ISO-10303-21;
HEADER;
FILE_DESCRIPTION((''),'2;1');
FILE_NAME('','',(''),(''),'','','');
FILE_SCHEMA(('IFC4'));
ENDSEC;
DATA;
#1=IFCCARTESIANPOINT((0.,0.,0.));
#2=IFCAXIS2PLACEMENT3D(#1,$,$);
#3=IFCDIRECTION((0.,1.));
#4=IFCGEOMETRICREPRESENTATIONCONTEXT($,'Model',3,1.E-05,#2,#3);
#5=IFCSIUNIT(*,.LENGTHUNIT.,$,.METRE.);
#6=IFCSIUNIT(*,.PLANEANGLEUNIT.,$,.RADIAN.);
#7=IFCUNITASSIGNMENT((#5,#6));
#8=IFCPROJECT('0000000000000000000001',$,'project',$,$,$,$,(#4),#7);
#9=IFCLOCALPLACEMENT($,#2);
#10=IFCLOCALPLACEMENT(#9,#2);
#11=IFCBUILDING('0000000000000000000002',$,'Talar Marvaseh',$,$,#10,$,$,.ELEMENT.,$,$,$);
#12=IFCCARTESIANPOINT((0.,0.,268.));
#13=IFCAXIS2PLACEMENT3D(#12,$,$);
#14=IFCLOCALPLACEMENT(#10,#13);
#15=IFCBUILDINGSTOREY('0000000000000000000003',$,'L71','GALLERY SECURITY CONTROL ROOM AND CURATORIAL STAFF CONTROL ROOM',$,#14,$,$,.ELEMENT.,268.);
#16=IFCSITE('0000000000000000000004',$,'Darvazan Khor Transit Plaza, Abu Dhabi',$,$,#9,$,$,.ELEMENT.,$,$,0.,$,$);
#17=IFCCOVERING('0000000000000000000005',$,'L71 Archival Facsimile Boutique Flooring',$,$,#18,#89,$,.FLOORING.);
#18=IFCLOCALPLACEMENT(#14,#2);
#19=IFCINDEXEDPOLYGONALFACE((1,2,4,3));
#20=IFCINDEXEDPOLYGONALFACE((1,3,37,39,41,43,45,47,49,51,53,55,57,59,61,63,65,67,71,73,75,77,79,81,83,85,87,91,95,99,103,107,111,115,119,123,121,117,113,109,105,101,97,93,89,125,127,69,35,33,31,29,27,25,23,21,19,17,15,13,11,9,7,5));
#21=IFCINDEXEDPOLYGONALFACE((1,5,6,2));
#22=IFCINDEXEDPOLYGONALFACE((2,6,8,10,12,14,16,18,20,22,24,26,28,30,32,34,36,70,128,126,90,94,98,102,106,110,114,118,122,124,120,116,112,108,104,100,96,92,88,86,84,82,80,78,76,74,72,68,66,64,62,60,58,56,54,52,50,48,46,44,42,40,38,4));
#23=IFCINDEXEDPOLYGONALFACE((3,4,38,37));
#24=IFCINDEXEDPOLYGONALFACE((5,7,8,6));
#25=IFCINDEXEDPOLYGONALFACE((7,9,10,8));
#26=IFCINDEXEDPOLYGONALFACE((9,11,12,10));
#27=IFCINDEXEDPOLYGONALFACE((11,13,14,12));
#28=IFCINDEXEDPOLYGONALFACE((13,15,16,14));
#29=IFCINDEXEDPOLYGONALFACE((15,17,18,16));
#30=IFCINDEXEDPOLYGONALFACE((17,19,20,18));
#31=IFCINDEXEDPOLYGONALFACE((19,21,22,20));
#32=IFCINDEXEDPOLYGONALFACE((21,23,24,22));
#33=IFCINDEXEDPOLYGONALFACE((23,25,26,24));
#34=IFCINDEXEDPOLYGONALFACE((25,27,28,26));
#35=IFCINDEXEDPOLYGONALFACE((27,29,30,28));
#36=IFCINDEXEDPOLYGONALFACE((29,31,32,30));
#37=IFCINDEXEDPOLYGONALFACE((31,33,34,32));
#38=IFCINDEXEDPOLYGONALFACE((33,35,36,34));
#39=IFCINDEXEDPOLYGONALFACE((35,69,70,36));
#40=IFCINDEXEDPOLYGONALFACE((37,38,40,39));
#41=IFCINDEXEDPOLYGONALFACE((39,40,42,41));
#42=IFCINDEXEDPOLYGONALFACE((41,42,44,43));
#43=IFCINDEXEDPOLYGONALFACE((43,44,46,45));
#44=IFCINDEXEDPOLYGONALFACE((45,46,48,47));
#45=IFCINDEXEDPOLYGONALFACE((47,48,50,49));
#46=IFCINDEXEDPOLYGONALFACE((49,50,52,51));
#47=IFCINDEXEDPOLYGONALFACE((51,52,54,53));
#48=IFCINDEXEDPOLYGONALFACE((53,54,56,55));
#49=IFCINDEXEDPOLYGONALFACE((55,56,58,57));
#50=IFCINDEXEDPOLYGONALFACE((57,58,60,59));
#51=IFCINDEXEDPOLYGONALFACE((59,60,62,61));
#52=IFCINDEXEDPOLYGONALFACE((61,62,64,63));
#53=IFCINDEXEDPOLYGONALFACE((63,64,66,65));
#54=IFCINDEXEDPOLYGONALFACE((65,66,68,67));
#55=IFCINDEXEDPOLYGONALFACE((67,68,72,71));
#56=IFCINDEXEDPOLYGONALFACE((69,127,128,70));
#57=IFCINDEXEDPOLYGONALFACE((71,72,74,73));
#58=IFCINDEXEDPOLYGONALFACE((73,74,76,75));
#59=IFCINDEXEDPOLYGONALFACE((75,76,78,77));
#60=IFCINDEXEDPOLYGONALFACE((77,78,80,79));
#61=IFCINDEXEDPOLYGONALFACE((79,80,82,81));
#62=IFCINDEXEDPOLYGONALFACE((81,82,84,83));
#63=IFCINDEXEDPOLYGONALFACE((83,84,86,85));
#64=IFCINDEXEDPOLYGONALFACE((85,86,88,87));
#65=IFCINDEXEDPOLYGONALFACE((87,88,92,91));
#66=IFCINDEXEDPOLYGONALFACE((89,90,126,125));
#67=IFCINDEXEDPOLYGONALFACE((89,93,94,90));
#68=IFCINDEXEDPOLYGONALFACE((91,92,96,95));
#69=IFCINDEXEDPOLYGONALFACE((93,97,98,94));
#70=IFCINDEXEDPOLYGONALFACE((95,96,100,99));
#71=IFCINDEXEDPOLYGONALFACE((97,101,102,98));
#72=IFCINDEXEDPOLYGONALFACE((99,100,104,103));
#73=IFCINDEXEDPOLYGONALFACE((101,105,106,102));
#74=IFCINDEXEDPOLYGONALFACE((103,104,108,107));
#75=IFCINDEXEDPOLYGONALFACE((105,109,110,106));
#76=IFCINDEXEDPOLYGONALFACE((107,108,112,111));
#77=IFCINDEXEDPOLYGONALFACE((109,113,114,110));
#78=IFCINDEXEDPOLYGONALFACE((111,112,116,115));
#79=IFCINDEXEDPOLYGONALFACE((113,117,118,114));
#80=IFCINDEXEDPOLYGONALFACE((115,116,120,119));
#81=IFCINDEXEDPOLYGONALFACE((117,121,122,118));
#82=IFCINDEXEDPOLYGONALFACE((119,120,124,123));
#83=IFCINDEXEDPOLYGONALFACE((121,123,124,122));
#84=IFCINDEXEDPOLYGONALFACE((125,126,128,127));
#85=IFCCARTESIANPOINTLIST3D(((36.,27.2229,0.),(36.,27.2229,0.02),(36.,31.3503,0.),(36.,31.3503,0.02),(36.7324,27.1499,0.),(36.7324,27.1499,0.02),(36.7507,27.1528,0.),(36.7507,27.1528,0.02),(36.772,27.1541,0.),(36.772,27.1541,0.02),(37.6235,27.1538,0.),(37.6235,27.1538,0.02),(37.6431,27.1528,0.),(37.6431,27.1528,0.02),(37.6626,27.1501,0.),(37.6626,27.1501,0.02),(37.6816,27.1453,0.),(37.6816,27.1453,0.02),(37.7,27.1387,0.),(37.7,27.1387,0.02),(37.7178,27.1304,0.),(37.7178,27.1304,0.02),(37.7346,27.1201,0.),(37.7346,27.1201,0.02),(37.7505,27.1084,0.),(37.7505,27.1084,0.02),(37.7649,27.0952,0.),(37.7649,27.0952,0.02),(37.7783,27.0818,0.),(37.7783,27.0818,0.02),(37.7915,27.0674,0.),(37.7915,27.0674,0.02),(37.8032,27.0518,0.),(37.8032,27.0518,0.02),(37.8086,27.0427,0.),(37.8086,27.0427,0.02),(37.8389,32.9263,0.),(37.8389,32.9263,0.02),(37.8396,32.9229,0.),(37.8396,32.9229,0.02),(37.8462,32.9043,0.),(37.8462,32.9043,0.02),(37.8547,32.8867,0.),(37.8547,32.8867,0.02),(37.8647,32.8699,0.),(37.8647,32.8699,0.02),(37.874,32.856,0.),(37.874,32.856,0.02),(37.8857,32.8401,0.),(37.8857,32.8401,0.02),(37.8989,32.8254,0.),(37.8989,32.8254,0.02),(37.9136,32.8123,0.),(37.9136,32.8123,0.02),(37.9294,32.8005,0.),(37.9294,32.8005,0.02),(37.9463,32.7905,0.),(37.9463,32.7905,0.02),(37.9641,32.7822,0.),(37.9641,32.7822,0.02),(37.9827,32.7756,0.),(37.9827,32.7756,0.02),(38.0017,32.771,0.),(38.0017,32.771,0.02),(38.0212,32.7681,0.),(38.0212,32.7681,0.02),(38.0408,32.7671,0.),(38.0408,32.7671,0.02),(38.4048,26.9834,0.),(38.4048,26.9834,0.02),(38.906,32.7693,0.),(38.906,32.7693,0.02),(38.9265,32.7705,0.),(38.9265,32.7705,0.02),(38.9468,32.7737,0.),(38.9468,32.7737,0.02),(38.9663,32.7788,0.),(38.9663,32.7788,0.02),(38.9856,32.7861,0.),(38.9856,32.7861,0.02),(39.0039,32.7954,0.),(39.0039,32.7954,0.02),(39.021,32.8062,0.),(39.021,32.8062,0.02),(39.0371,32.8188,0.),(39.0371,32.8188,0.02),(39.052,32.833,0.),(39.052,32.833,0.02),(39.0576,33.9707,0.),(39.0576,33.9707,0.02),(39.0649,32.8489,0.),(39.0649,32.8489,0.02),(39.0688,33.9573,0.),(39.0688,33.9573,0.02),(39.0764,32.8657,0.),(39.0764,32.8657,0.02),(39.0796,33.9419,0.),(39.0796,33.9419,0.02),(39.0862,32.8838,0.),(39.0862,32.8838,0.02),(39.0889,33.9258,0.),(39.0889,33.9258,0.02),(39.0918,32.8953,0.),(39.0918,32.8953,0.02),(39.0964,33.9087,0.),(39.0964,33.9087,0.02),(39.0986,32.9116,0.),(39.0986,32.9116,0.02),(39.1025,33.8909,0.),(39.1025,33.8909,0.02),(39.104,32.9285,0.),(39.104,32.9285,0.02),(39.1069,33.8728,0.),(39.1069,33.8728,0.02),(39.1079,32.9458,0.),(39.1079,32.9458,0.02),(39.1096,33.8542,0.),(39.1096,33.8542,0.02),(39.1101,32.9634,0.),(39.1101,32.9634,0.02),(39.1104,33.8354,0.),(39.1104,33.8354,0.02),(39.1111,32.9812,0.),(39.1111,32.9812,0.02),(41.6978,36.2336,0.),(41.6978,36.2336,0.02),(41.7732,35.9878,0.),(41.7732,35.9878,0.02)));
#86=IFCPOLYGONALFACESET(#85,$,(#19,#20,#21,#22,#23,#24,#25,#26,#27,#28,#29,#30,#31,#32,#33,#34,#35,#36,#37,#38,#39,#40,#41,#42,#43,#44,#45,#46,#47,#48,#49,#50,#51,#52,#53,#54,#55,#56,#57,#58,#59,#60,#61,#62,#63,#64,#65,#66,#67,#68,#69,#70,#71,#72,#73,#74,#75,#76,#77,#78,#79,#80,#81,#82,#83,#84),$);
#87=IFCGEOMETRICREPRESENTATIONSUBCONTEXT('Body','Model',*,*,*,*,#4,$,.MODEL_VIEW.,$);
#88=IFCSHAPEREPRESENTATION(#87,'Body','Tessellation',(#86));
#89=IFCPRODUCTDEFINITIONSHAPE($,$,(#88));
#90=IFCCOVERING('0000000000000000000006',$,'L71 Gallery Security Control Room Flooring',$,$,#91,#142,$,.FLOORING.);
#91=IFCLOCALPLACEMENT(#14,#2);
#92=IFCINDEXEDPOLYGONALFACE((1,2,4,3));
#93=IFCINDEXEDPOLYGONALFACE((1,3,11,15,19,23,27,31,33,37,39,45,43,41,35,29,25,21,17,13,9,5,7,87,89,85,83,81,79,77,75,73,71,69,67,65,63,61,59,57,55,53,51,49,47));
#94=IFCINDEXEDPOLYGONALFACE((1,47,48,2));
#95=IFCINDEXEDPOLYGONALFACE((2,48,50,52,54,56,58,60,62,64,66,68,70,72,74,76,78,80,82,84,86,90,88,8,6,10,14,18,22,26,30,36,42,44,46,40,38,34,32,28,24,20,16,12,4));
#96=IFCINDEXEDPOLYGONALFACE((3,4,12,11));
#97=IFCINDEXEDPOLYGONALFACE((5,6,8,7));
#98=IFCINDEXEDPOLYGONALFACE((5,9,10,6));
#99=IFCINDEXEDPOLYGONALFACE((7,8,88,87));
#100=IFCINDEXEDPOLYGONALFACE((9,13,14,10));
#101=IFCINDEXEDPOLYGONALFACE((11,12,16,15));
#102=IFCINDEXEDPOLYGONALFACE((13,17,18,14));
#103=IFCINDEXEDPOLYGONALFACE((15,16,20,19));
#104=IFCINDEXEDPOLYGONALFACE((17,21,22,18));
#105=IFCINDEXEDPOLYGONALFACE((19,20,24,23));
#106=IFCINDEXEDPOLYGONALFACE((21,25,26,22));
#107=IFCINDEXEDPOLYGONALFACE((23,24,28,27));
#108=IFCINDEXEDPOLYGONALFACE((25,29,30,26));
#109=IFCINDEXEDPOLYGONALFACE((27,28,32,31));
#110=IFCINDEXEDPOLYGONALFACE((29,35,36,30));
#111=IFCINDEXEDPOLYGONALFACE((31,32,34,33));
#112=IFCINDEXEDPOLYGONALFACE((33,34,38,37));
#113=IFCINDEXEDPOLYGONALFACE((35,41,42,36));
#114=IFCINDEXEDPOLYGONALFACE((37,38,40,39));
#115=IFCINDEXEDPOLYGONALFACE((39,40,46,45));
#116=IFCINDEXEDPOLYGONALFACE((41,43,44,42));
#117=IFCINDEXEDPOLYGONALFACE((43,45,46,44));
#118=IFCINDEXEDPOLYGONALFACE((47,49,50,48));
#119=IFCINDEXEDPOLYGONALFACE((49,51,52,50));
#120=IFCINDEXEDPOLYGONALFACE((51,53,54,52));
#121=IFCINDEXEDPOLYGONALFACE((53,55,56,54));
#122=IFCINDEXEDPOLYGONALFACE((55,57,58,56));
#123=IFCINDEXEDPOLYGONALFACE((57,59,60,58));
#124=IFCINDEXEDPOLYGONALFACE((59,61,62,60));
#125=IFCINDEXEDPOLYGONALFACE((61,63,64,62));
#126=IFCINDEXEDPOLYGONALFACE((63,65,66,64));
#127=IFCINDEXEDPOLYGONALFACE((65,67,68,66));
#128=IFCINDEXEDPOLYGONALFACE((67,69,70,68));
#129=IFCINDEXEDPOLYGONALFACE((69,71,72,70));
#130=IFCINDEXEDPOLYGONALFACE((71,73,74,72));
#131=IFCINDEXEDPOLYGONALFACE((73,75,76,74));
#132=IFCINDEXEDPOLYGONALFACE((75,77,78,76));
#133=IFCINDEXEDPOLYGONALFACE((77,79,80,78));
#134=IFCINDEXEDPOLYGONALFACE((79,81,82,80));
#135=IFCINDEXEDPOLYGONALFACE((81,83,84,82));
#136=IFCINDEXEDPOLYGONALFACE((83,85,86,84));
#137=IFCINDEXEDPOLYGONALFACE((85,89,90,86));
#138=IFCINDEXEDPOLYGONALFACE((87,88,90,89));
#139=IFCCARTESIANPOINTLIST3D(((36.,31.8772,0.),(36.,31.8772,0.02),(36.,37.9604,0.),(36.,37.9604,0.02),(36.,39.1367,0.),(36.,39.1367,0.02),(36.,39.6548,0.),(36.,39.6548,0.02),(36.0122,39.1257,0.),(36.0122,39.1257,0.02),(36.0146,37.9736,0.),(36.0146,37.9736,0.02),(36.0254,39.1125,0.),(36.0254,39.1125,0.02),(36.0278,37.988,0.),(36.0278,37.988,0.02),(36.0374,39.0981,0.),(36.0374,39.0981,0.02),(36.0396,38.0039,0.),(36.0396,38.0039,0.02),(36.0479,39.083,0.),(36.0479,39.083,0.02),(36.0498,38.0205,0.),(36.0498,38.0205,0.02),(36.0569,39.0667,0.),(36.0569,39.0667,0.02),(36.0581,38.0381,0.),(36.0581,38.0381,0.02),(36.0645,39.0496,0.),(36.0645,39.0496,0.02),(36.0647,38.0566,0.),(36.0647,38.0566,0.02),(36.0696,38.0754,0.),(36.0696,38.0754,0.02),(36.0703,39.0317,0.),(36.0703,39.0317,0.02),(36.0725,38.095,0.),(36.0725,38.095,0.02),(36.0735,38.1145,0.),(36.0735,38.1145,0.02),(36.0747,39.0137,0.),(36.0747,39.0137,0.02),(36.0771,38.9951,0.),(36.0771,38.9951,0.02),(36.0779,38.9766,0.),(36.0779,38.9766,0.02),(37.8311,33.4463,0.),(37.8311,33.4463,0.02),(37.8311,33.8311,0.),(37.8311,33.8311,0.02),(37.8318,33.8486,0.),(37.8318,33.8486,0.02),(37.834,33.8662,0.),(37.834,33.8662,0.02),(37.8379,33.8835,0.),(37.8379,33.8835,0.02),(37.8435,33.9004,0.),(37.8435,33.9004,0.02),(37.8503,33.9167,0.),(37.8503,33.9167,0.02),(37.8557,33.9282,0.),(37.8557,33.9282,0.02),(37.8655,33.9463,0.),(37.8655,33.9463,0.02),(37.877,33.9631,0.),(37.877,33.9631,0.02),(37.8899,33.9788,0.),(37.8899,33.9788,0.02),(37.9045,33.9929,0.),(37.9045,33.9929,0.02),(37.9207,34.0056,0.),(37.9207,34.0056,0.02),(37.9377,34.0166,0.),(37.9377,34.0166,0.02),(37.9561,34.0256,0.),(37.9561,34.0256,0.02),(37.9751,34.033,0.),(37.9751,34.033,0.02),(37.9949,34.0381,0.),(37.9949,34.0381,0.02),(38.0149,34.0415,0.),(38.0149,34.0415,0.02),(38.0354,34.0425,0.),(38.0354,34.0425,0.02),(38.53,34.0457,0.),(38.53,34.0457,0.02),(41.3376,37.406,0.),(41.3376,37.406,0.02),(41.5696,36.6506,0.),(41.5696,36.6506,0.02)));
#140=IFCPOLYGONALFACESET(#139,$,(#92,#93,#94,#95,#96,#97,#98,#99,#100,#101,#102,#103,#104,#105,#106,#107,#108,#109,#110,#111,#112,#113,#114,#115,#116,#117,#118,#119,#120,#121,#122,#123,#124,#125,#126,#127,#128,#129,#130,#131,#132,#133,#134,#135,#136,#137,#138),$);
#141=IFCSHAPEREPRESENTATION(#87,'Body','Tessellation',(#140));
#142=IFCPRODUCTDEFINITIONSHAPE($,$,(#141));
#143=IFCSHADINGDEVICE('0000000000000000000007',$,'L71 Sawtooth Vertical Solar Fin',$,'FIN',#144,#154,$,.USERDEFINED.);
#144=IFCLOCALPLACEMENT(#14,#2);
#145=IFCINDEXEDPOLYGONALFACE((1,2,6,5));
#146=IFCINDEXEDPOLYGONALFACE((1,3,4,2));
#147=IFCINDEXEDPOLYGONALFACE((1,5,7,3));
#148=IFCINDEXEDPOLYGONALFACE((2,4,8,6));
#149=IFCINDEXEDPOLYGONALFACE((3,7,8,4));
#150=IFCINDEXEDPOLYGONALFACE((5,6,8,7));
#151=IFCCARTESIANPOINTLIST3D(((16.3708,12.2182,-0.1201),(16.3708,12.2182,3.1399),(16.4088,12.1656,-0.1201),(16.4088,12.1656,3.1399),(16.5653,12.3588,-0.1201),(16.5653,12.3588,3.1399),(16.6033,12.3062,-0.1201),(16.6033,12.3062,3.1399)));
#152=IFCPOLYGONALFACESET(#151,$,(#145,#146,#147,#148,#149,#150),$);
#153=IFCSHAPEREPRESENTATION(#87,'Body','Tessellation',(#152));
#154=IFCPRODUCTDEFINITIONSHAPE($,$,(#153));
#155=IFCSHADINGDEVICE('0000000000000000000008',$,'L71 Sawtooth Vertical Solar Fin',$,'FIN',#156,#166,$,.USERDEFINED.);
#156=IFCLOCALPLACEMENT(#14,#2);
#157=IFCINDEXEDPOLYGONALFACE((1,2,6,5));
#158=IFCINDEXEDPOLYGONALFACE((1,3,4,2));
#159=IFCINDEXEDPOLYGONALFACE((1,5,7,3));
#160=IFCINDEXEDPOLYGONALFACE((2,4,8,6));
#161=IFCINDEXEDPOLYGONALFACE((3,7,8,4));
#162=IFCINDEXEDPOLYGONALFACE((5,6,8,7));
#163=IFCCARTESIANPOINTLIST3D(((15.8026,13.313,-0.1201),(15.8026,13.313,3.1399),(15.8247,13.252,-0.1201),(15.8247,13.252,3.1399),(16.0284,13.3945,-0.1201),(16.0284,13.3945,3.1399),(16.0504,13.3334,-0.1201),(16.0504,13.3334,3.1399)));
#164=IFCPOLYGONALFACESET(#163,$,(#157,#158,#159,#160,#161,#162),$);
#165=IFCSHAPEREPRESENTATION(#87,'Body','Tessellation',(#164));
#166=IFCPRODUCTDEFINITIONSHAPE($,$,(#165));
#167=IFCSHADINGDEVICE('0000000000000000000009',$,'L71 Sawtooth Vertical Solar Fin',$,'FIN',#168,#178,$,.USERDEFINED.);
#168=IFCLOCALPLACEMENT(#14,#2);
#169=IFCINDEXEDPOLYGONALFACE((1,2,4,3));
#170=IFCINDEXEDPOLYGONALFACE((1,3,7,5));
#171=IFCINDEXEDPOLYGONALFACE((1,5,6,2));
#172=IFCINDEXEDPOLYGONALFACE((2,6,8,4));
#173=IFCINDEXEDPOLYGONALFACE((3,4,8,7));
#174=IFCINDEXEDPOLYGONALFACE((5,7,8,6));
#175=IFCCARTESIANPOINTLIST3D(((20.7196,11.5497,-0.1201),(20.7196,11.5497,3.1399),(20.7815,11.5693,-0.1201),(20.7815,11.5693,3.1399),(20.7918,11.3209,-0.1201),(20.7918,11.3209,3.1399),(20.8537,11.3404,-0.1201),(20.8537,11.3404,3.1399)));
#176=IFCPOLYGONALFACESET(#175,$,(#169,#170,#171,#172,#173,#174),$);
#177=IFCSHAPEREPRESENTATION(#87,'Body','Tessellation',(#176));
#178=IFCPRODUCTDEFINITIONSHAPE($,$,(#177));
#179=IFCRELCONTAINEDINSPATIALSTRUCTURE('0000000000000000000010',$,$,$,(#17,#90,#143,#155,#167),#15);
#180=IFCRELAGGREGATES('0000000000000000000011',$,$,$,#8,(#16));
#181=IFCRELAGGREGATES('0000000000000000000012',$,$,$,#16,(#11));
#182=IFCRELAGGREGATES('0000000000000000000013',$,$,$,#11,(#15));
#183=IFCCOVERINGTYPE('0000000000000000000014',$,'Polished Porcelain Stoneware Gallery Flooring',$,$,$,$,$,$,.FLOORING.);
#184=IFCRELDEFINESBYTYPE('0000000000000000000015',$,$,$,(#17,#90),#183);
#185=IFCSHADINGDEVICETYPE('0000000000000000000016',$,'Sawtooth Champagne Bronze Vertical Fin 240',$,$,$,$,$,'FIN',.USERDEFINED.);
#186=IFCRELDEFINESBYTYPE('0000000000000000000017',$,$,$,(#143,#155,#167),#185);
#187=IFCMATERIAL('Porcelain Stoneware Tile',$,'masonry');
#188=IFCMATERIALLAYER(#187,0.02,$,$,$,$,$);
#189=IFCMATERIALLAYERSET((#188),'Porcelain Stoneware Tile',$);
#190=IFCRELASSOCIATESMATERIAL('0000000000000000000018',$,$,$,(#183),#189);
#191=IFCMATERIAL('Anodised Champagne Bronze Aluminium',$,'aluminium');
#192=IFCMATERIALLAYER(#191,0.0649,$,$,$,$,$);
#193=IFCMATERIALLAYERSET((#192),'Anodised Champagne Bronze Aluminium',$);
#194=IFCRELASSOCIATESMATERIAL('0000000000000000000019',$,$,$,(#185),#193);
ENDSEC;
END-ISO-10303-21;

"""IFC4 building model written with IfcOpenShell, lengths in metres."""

from ifc_helpers import new_model, si_unit, direction, frame, origin, origin_2d, place, context, subcontext, project, spatial, polyline, rectangle, outline, extrude, source, transform, mapped, material, layer, layer_set, type_object, type_shapes, element, save


model = new_model("IFC4")

# Units and contexts
model_context = context("Model", 3, precision=1e-05, world=origin(), true_north=direction((0.0, 1.0)))
body_context = subcontext(model_context, "Body", "Model", "MODEL_VIEW")
ifc_project = project(units=[si_unit("LENGTHUNIT", "METRE"), si_unit("PLANEANGLEUNIT", "RADIAN")], contexts=[model_context])

# Site, building, storey
site_placement = place(None, origin())
site = spatial("IfcSite", under=ifc_project, at=site_placement, Name="Darvazan Khor Transit Plaza, Abu Dhabi", CompositionType="ELEMENT", RefElevation=0.0)
building_placement = place(site_placement, origin())
building = spatial("IfcBuilding", under=site, at=building_placement, Name="Talar Marvaseh", CompositionType="ELEMENT")
storey_placement = place(building_placement, frame((0.0, 0.0, 268.0)))
storey = spatial("IfcBuildingStorey", under=building, at=storey_placement, Name="L71", Description="GALLERY SECURITY CONTROL ROOM AND CURATORIAL STAFF CONTROL ROOM", CompositionType="ELEMENT", Elevation=268.0)

# Coverings
ifc_material_1 = material(Name="Porcelain Stoneware Tile", Category="masonry")
ifc_layer_1 = layer(ifc_material_1, 0.02)
ifc_layer_set_1 = layer_set([ifc_layer_1], Name="Porcelain Stoneware Tile")
covering_type_1 = type_object("IfcCoveringType", Name="Polished Porcelain Stoneware Gallery Flooring", PredefinedType="FLOORING", material=ifc_layer_set_1)
covering_1_placement = place(storey_placement, origin())
element("IfcCovering", 1, at=covering_1_placement, inside=storey, type_object=covering_type_1, Name="L71 Archival Facsimile Boutique Flooring", PredefinedType="FLOORING", context=body_context, shape_type="SweptSolid", body=[
    extrude(outline(polyline([(36.0, 31.3503), (37.8389, 32.9263), (37.8396, 32.9229), (37.8462, 32.9043), (37.8547, 32.8867), (37.8647, 32.8699), (37.874, 32.856), (37.8857, 32.8401), (37.8989, 32.8254), (37.9136, 32.8123), (37.9294, 32.8005), (37.9463, 32.7905), (37.9641, 32.7822), (37.9827, 32.7756), (38.0017, 32.771), (38.0212, 32.7681), (38.0408, 32.7671), (38.906, 32.7693), (38.9265, 32.7705), (38.9468, 32.7737), (38.9663, 32.7788), (38.9856, 32.7861), (39.0039, 32.7954), (39.021, 32.8062), (39.0371, 32.8188), (39.052, 32.833), (39.0649, 32.8489), (39.0764, 32.8657), (39.0862, 32.8838), (39.0918, 32.8953), (39.0986, 32.9116), (39.104, 32.9285), (39.1079, 32.9458), (39.1101, 32.9634), (39.1111, 32.9812), (39.1104, 33.8354), (39.1096, 33.8542), (39.1069, 33.8728), (39.1025, 33.8909), (39.0964, 33.9087), (39.0889, 33.9258), (39.0796, 33.9419), (39.0688, 33.9573), (39.0576, 33.9707), (41.6978, 36.2336), (41.7732, 35.9878), (38.4048, 26.9834), (37.8086, 27.0427), (37.8032, 27.0518), (37.7915, 27.0674), (37.7783, 27.0818), (37.7649, 27.0952), (37.7505, 27.1084), (37.7346, 27.1201), (37.7178, 27.1304), (37.7, 27.1387), (37.6816, 27.1453), (37.6626, 27.1501), (37.6431, 27.1528), (37.6235, 27.1538), (36.772, 27.1541), (36.7507, 27.1528), (36.7324, 27.1499), (36.0, 27.2229), (36.0, 31.3503)])), origin(), (0.0, 0.0, 1.0), 0.02),
])
covering_2_placement = place(storey_placement, origin())
element("IfcCovering", 2, at=covering_2_placement, inside=storey, type_object=covering_type_1, Name="L71 Gallery Security Control Room Flooring", PredefinedType="FLOORING", context=body_context, shape_type="SweptSolid", body=[
    extrude(outline(polyline([(41.5696, 36.6506), (38.53, 34.0457), (38.0354, 34.0425), (38.0149, 34.0415), (37.9949, 34.0381), (37.9751, 34.033), (37.9561, 34.0256), (37.9377, 34.0166), (37.9207, 34.0056), (37.9045, 33.9929), (37.8899, 33.9788), (37.877, 33.9631), (37.8655, 33.9463), (37.8557, 33.9282), (37.8503, 33.9167), (37.8435, 33.9004), (37.8379, 33.8835), (37.834, 33.8662), (37.8318, 33.8486), (37.8311, 33.8311), (37.8311, 33.4463), (36.0, 31.8772), (36.0, 37.9604), (36.0, 37.9604), (36.0146, 37.9736), (36.0278, 37.988), (36.0396, 38.0039), (36.0498, 38.0205), (36.0581, 38.0381), (36.0647, 38.0566), (36.0696, 38.0754), (36.0725, 38.095), (36.0735, 38.1145), (36.0779, 38.9766), (36.0771, 38.9951), (36.0747, 39.0137), (36.0703, 39.0317), (36.0645, 39.0496), (36.0569, 39.0667), (36.0479, 39.083), (36.0374, 39.0981), (36.0254, 39.1125), (36.0122, 39.1257), (36.0, 39.1367), (36.0, 39.6548), (41.3376, 37.406), (41.5696, 36.6506)])), origin(), (0.0, 0.0, 1.0), 0.02),
])

# Shading devices
ifc_material_2 = material(Name="Anodised Champagne Bronze Aluminium", Category="aluminium")
ifc_layer_2 = layer(ifc_material_2, 0.0649)
ifc_layer_set_2 = layer_set([ifc_layer_2], Name="Anodised Champagne Bronze Aluminium")
shading_device_type_1 = type_object("IfcShadingDeviceType", Name="Sawtooth Champagne Bronze Vertical Fin 240", ElementType="FIN", PredefinedType="USERDEFINED", material=ifc_layer_set_2)
shared_shape_1 = source(origin(), body_context, "Body", "SweptSolid", [
    extrude(rectangle(XDim=0.24, YDim=0.0649, at=origin_2d()), origin(), (0.0, 0.0, 1.0), 3.26),
])
type_shapes(shading_device_type_1, [shared_shape_1])
for number, where, z_axis, x_axis, name in (
    (3, (16.4871, 12.2622, -0.1201), (0.0, 0.0, 1.0), (-0.810553, -0.585665, 0.0), "L71 Sawtooth Vertical Solar Fin"),
    (4, (15.9265, 13.3232, -0.1201), (0.0, 0.0, 1.0), (-0.940585, -0.339559, 0.0), "L71 Sawtooth Vertical Solar Fin"),
    (5, (20.7866, 11.4451, -0.1201), (0.0, 0.0, 1.0), (0.300872, -0.953664, 0.0), "L71 Sawtooth Vertical Solar Fin"),
):
    element("IfcShadingDevice", number, at=place(storey_placement, frame(where, z_axis=z_axis, x_axis=x_axis)), inside=storey, type_object=shading_device_type_1, Name=name, ObjectType="FIN", PredefinedType="USERDEFINED", context=body_context, shape_type="MappedRepresentation", body=[
        mapped(shared_shape_1, transform((0.0, 0.0, 0.0), x_axis=(1.0, 0.0, 0.0), y_axis=(0.0, 1.0, 0.0), z_axis=(0.0, 0.0, 1.0), scale=1.0)),
    ])

save(model, "model.ifc")
